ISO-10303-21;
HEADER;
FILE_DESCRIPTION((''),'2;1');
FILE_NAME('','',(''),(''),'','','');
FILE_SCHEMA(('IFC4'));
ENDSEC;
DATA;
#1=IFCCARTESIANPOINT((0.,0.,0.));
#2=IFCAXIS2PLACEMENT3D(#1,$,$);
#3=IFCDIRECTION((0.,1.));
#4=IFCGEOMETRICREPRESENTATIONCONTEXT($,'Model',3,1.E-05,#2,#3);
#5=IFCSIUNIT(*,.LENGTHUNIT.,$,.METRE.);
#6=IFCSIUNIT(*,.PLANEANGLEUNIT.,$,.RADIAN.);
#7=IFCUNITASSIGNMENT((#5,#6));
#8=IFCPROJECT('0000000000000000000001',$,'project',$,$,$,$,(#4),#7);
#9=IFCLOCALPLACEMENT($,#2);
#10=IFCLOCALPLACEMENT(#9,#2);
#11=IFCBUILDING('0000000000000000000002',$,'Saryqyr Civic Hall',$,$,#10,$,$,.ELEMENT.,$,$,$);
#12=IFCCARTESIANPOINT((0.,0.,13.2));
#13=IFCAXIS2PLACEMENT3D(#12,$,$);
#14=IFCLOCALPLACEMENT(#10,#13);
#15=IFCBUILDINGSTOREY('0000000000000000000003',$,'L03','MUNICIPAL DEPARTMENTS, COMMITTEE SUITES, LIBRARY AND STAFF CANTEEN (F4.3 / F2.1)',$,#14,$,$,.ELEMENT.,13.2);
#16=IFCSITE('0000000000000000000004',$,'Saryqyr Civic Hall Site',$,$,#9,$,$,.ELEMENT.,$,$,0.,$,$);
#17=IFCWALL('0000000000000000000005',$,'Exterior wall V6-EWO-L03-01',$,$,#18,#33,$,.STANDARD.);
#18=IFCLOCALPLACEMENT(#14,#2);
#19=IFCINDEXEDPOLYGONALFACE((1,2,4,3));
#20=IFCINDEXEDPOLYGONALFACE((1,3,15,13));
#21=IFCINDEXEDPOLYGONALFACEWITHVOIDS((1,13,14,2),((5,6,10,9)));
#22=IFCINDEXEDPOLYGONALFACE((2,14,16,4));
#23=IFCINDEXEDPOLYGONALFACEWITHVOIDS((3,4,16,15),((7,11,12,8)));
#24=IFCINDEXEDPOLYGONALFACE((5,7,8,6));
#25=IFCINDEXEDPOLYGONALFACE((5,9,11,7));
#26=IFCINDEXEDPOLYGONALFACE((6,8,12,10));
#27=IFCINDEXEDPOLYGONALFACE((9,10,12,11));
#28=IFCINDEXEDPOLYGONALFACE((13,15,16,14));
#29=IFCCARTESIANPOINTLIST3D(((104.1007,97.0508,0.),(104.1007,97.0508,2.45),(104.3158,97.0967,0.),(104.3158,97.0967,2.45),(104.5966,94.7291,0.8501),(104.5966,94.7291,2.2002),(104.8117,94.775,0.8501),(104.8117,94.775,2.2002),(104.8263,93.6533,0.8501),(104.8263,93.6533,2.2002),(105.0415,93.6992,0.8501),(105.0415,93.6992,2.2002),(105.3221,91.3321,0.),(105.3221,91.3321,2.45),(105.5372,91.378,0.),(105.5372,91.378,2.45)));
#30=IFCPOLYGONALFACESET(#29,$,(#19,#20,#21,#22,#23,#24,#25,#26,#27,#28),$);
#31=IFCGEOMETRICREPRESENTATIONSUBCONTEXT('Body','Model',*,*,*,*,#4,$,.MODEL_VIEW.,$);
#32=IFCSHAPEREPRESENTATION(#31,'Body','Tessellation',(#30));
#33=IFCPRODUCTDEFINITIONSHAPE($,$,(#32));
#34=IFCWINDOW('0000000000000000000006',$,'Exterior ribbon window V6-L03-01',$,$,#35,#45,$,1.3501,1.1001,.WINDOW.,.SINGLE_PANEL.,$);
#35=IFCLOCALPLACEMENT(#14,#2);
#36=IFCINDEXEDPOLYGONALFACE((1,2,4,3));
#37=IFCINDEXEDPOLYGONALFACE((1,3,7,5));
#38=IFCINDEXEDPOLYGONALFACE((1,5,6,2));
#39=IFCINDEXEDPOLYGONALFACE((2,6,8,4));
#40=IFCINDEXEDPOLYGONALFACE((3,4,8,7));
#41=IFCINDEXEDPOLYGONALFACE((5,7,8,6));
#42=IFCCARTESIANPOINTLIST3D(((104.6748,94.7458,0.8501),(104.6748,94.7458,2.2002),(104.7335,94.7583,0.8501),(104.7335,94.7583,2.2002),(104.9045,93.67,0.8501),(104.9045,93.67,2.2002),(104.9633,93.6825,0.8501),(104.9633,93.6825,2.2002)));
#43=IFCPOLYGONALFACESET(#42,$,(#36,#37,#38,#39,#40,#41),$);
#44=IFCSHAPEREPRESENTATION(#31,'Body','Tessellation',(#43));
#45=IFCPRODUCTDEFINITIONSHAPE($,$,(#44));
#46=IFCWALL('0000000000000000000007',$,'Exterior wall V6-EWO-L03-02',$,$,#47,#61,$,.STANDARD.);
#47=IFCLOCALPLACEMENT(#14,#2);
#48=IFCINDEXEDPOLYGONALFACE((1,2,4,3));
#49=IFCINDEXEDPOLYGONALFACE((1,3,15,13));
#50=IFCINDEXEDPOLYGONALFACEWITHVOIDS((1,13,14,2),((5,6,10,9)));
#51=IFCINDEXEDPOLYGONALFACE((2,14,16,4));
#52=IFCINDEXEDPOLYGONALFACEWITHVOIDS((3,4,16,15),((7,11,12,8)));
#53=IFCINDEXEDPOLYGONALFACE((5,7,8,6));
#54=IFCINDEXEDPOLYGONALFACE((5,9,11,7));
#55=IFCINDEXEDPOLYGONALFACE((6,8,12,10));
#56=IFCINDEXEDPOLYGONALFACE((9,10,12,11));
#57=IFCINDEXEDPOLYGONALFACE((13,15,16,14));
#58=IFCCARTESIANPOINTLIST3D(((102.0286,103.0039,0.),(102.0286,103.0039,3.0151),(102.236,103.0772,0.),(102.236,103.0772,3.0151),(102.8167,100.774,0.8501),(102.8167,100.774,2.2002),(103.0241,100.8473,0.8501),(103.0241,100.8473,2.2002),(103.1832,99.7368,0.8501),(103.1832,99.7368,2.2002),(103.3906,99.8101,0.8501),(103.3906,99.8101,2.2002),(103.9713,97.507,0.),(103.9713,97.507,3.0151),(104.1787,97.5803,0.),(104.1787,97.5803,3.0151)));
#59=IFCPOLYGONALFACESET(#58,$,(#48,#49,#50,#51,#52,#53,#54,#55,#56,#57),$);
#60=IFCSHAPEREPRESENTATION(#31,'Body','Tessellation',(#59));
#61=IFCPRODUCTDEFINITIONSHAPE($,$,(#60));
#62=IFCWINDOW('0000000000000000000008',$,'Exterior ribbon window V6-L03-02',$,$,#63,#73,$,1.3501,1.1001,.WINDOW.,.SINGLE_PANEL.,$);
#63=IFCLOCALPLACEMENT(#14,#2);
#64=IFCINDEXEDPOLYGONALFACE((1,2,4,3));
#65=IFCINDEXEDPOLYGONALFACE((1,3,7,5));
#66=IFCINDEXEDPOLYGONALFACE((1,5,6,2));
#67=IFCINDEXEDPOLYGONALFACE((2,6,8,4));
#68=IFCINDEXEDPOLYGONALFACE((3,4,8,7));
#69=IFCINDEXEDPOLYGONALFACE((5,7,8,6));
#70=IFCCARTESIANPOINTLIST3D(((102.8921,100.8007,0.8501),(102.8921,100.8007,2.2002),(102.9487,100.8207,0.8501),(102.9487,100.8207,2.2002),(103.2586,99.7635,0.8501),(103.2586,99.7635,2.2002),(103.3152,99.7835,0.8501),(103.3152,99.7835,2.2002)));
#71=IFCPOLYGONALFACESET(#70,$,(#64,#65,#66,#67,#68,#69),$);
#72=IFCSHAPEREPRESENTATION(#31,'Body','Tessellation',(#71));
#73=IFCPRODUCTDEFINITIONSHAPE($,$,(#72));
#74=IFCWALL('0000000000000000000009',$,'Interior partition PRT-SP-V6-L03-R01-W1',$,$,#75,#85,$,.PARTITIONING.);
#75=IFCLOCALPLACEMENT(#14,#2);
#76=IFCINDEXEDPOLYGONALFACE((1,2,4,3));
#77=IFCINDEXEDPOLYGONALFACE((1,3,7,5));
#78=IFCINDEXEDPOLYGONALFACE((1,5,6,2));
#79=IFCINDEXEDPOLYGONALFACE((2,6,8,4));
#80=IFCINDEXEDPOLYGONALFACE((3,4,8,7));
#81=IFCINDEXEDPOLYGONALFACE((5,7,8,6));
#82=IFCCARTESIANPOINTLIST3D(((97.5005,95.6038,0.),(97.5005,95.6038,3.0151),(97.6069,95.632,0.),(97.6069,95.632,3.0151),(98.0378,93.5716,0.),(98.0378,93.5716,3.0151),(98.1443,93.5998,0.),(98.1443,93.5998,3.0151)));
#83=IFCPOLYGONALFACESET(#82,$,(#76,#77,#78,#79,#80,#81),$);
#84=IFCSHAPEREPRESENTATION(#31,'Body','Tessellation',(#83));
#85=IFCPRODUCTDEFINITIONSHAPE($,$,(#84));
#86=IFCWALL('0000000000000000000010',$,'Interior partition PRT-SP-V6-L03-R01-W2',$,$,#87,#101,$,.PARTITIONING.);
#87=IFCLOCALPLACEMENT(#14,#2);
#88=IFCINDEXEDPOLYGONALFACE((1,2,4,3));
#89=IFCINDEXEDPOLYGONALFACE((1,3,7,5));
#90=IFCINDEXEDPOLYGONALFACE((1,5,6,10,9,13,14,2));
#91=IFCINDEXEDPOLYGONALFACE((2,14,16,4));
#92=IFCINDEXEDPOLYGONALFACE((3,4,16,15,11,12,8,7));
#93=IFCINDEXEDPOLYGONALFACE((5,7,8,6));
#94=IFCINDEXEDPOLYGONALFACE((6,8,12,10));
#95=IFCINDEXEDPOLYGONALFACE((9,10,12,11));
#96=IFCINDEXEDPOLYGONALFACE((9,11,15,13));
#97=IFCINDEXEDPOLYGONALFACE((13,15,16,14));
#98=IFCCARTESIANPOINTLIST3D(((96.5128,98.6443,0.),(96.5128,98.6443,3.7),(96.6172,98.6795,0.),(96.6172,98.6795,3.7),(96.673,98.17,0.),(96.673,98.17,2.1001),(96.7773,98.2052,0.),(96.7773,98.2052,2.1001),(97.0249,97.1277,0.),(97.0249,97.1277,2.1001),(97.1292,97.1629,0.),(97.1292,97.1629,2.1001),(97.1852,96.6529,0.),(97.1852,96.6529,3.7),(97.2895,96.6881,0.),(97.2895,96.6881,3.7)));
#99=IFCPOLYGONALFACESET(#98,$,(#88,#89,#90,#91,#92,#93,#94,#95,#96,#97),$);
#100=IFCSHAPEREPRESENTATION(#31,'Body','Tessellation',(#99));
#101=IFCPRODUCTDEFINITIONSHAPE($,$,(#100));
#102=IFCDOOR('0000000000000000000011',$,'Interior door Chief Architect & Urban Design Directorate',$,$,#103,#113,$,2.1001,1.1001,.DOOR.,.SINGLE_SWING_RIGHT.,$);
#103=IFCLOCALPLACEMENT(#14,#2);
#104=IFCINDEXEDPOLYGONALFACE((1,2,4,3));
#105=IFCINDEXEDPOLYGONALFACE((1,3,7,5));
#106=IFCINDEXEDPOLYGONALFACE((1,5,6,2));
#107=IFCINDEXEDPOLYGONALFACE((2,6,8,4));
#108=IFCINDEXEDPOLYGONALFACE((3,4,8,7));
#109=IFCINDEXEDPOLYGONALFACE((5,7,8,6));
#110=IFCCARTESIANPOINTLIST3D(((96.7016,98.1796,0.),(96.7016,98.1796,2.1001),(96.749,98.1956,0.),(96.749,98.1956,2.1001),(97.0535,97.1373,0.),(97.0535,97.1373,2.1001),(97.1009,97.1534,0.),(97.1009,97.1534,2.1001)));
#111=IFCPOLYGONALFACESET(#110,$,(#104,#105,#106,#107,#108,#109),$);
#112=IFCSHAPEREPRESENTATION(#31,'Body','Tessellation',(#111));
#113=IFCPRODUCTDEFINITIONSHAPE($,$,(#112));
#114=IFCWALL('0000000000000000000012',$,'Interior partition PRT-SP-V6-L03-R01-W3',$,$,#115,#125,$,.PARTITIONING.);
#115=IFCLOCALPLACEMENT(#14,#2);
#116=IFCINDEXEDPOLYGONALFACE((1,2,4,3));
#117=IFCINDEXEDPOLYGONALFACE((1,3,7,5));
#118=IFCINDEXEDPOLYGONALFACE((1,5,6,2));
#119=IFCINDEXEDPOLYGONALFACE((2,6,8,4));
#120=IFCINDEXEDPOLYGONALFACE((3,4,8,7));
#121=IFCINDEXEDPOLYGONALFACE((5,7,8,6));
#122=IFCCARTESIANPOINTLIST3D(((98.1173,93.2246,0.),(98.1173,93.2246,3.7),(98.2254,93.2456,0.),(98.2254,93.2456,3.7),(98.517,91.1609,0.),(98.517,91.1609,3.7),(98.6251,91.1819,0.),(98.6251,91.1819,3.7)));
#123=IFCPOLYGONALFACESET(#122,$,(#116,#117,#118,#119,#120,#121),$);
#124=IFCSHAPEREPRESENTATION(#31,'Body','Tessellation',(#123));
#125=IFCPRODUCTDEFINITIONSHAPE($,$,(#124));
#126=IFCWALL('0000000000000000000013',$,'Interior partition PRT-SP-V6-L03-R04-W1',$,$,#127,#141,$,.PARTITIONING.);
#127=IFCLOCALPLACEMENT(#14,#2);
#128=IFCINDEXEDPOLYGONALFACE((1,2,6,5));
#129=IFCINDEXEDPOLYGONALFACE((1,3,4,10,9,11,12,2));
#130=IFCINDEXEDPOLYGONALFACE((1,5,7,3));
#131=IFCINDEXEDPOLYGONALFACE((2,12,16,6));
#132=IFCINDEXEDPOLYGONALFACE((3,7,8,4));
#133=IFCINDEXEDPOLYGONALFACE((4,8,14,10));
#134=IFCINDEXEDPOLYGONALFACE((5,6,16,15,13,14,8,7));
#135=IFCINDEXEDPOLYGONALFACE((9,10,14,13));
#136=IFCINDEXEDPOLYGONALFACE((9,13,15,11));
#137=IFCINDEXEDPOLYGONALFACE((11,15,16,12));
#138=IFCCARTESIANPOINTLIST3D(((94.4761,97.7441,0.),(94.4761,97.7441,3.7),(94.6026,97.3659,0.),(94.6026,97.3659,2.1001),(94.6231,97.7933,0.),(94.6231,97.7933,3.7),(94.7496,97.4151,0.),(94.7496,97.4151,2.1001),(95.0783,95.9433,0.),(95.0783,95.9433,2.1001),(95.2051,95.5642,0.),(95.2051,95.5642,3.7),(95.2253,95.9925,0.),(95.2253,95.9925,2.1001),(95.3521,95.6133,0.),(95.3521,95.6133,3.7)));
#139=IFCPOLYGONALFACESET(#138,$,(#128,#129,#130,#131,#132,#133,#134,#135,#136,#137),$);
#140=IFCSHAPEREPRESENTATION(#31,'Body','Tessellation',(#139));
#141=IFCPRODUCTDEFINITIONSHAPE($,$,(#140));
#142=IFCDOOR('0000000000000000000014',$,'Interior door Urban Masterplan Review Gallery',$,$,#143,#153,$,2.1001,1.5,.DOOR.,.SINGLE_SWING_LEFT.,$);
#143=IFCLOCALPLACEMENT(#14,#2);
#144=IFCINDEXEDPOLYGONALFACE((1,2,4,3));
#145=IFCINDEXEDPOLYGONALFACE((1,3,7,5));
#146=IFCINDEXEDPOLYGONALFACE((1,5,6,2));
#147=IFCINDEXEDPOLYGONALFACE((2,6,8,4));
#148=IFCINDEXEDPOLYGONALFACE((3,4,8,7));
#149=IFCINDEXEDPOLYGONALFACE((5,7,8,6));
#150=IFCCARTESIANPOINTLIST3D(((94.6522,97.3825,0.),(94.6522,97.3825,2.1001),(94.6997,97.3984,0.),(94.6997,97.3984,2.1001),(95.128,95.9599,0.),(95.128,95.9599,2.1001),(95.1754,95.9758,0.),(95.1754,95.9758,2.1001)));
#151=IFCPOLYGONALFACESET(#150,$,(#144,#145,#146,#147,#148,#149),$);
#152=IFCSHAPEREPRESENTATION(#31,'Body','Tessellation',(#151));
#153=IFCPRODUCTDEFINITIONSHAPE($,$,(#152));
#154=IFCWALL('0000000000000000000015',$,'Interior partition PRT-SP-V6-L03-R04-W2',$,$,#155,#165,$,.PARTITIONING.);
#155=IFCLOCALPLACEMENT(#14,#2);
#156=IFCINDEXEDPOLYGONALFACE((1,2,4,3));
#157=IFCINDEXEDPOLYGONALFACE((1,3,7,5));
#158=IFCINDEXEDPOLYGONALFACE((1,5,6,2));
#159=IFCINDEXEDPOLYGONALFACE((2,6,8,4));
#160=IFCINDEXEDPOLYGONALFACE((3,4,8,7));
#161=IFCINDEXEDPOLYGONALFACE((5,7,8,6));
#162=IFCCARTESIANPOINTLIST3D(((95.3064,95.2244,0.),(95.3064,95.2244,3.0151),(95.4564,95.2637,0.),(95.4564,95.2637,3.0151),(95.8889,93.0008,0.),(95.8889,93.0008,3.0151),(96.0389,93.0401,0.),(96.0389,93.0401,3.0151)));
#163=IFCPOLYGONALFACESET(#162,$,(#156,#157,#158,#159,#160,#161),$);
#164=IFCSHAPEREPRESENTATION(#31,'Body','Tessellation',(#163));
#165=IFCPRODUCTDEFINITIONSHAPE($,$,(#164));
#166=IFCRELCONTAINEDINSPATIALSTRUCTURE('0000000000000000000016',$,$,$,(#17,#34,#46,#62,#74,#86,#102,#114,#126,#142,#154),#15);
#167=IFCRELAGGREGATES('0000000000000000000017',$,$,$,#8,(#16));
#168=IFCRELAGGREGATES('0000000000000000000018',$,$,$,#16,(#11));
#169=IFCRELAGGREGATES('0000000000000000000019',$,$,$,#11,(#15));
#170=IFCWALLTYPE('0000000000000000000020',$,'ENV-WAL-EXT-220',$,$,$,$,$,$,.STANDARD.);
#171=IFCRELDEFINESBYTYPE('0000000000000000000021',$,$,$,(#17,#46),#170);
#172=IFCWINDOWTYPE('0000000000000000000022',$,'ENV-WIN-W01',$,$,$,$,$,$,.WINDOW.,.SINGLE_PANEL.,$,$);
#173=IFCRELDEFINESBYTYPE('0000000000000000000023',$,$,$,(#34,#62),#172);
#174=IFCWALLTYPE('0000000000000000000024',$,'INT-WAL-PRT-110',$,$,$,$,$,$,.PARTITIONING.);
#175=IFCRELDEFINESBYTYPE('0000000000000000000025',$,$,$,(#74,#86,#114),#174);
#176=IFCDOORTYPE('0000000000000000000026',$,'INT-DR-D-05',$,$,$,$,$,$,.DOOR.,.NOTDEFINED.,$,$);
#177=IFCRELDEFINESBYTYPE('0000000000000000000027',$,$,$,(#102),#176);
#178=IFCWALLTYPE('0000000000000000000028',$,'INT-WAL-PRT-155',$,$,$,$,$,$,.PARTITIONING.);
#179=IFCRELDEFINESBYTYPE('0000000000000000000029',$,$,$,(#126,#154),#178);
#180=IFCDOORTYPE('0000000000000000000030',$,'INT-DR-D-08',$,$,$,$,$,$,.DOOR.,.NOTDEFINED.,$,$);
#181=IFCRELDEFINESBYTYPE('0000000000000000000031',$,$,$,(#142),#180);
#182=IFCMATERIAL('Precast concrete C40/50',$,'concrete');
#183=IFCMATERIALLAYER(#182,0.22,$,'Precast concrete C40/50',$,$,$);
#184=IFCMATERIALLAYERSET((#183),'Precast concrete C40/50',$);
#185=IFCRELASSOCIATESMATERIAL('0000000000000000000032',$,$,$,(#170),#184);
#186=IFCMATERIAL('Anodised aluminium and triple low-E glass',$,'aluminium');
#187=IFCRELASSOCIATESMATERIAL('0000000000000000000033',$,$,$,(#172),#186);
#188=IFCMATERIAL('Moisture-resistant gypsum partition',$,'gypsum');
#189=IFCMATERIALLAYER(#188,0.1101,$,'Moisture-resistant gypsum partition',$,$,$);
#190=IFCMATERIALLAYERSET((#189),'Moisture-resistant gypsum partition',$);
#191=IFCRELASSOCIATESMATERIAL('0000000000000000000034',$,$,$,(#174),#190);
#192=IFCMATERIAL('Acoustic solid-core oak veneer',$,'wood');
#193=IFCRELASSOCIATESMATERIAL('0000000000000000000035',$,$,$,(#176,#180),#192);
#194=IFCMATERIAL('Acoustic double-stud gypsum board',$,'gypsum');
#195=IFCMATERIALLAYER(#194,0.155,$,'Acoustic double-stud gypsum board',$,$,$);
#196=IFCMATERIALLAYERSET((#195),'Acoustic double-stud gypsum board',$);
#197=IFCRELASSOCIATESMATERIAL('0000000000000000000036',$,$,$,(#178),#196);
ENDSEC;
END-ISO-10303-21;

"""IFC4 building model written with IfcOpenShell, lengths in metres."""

from ifc_helpers import new_model, si_unit, direction, frame, frame_2d, origin, place, context, subcontext, project, spatial, rectangle, extrude, material, layer, layer_set, type_object, element, fill, save


model = new_model("IFC4")

# Units and contexts
model_context = context("Model", 3, precision=1e-05, world=origin(), true_north=direction((0.0, 1.0)))
body_context = subcontext(model_context, "Body", "Model", "MODEL_VIEW")
ifc_project = project(units=[si_unit("LENGTHUNIT", "METRE"), si_unit("PLANEANGLEUNIT", "RADIAN")], contexts=[model_context])

# Site, building, storey
site_placement = place(None, origin())
site = spatial("IfcSite", under=ifc_project, at=site_placement, Name="Saryqyr Civic Hall Site", CompositionType="ELEMENT", RefElevation=0.0)
building_placement = place(site_placement, origin())
building = spatial("IfcBuilding", under=site, at=building_placement, Name="Saryqyr Civic Hall", CompositionType="ELEMENT")
storey_placement = place(building_placement, frame((0.0, 0.0, 13.2)))
storey = spatial("IfcBuildingStorey", under=building, at=storey_placement, Name="L03", Description="MUNICIPAL DEPARTMENTS, COMMITTEE SUITES, LIBRARY AND STAFF CANTEEN (F4.3 / F2.1)", CompositionType="ELEMENT", Elevation=13.2)

# Shared definitions
ifc_material_1 = material(Name="Precast concrete C40/50", Category="concrete")

# Walls, openings, windows
ifc_layer_1 = layer(ifc_material_1, 0.22, Name="Precast concrete C40/50")
ifc_layer_set_1 = layer_set([ifc_layer_1], Name="Precast concrete C40/50")
wall_type_1 = type_object("IfcWallType", Name="ENV-WAL-EXT-220", PredefinedType="STANDARD", material=ifc_layer_set_1)
wall_1_placement = place(storey_placement, frame((104.2083, 97.0737, 0.0), z_axis=(0.0, 0.0, 1.0), x_axis=(0.208873, -0.977943, 0.0)))
wall_1 = element("IfcWall", 1, at=wall_1_placement, inside=storey, type_object=wall_type_1, Name="Exterior wall V6-EWO-L03-01", PredefinedType="STANDARD", context=body_context, shape_type="SweptSolid", body=[
    extrude(rectangle(XDim=5.8477, YDim=0.22, at=frame_2d((2.9238, 0.0))), origin(), (0.0, 0.0, 1.0), 2.45),
])
opening_1_placement = place(wall_1_placement, frame((2.374, 0.0, 0.8501)))
opening_1 = element("IfcOpeningElement", 2, at=opening_1_placement, cuts=wall_1, PredefinedType="OPENING", context=body_context, shape_type="SweptSolid", body=[
    extrude(rectangle(XDim=1.1001, YDim=1.3501, at=frame_2d((0.55, 0.675))), frame((0.0, 0.1199, 0.0), z_axis=(0.0, -1.0, 0.0), x_axis=(1.0, 0.0, 0.0)), (0.0, 0.0, 1.0), 0.24),
])
ifc_material_2 = material(Name="Anodised aluminium and triple low-E glass", Category="aluminium")
window_type = type_object("IfcWindowType", Name="ENV-WIN-W01", PartitioningType="SINGLE_PANEL", PredefinedType="WINDOW", material=ifc_material_2)
window_1_placement = place(opening_1_placement, origin())
window_1 = element("IfcWindow", 3, at=window_1_placement, inside=storey, type_object=window_type, Name="Exterior ribbon window V6-L03-01", OverallHeight=1.3501, OverallWidth=1.1001, PartitioningType="SINGLE_PANEL", PredefinedType="WINDOW", context=body_context, shape_type="SweptSolid", body=[
    extrude(rectangle(XDim=1.1001, YDim=1.3501, at=frame_2d((0.55, 0.675))), frame((0.0, 0.03, 0.0), z_axis=(0.0, -1.0, 0.0), x_axis=(1.0, 0.0, 0.0)), (0.0, 0.0, 1.0), 0.0601),
])
fill(opening_1, window_1)
wall_2_placement = place(storey_placement, frame((102.1323, 103.0405, 0.0), z_axis=(0.0, 0.0, 1.0), x_axis=(0.333212, -0.942852, 0.0)))
wall_2 = element("IfcWall", 4, at=wall_2_placement, inside=storey, type_object=wall_type_1, Name="Exterior wall V6-EWO-L03-02", PredefinedType="STANDARD", context=body_context, shape_type="SweptSolid", body=[
    extrude(rectangle(XDim=5.8301, YDim=0.22, at=frame_2d((2.915, 0.0))), origin(), (0.0, 0.0, 1.0), 3.0151),
])
opening_2_placement = place(wall_2_placement, frame((2.365, 0.0, 0.8501)))
opening_2 = element("IfcOpeningElement", 5, at=opening_2_placement, cuts=wall_2, PredefinedType="OPENING", context=body_context, shape_type="SweptSolid", body=[
    extrude(rectangle(XDim=1.1001, YDim=1.3501, at=frame_2d((0.55, 0.675))), frame((0.0, 0.1199, 0.0), z_axis=(0.0, -1.0, 0.0), x_axis=(1.0, 0.0, 0.0)), (0.0, 0.0, 1.0), 0.24),
])
window_2_placement = place(opening_2_placement, origin())
window_2 = element("IfcWindow", 6, at=window_2_placement, inside=storey, type_object=window_type, Name="Exterior ribbon window V6-L03-02", OverallHeight=1.3501, OverallWidth=1.1001, PartitioningType="SINGLE_PANEL", PredefinedType="WINDOW", context=body_context, shape_type="SweptSolid", body=[
    extrude(rectangle(XDim=1.1001, YDim=1.3501, at=frame_2d((0.55, 0.675))), frame((0.0, 0.03, 0.0), z_axis=(0.0, -1.0, 0.0), x_axis=(1.0, 0.0, 0.0)), (0.0, 0.0, 1.0), 0.0601),
])
fill(opening_2, window_2)

# Wall
ifc_material_3 = material(Name="Moisture-resistant gypsum partition", Category="gypsum")
ifc_layer_2 = layer(ifc_material_3, 0.1101, Name="Moisture-resistant gypsum partition")
ifc_layer_set_2 = layer_set([ifc_layer_2], Name="Moisture-resistant gypsum partition")
wall_type_2 = type_object("IfcWallType", Name="INT-WAL-PRT-110", PredefinedType="PARTITIONING", material=ifc_layer_set_2)
wall_3_placement = place(storey_placement, frame((98.0911, 93.5857, 0.0), z_axis=(0.0, 0.0, 1.0), x_axis=(-0.255631, 0.966774, 0.0)))
element("IfcWall", 7, at=wall_3_placement, inside=storey, type_object=wall_type_2, Name="Interior partition PRT-SP-V6-L03-R01-W1", PredefinedType="PARTITIONING", context=body_context, shape_type="SweptSolid", body=[
    extrude(rectangle(XDim=2.1021, YDim=0.1101, at=frame_2d((1.051, 0.0))), origin(), (0.0, 0.0, 1.0), 3.0151),
])

# Wall, opening, door
wall_4_placement = place(storey_placement, frame((97.2373, 96.6707, 0.0), z_axis=(0.0, 0.0, 1.0), x_axis=(-0.319884, 0.947457, 0.0)))
wall_4 = element("IfcWall", 8, at=wall_4_placement, inside=storey, type_object=wall_type_2, Name="Interior partition PRT-SP-V6-L03-R01-W2", PredefinedType="PARTITIONING", context=body_context, shape_type="SweptSolid", body=[
    extrude(rectangle(XDim=2.1018, YDim=0.1101, at=frame_2d((1.0508, 0.0))), origin(), (0.0, 0.0, 1.0), 3.7),
])
opening_3_placement = place(wall_4_placement, frame((0.501, 0.0, 0.0)))
opening_3 = element("IfcOpeningElement", 9, at=opening_3_placement, cuts=wall_4, PredefinedType="OPENING", context=body_context, shape_type="SweptSolid", body=[
    extrude(rectangle(XDim=1.1001, YDim=2.1001, at=frame_2d((0.55, 1.05))), frame((0.0, 0.0649, 0.0), z_axis=(0.0, -1.0, 0.0), x_axis=(1.0, 0.0, 0.0)), (0.0, 0.0, 1.0), 0.1301),
])
ifc_material_4 = material(Name="Acoustic solid-core oak veneer", Category="wood")
door_type_1 = type_object("IfcDoorType", Name="INT-DR-D-05", OperationType="NOTDEFINED", PredefinedType="DOOR", material=ifc_material_4)
door_1_placement = place(opening_3_placement, origin())
door_1 = element("IfcDoor", 10, at=door_1_placement, inside=storey, type_object=door_type_1, Name="Interior door Chief Architect & Urban Design Directorate", OperationType="SINGLE_SWING_RIGHT", OverallHeight=2.1001, OverallWidth=1.1001, PredefinedType="DOOR", context=body_context, shape_type="SweptSolid", body=[
    extrude(rectangle(XDim=1.1001, YDim=2.1001, at=frame_2d((0.55, 1.05))), frame((0.0, 0.0249, 0.0), z_axis=(0.0, -1.0, 0.0), x_axis=(1.0, 0.0, 0.0)), (0.0, 0.0, 1.0), 0.05),
])
fill(opening_3, door_1)

# Wall
wall_5_placement = place(storey_placement, frame((98.571, 91.1714, 0.0), z_axis=(0.0, 0.0, 1.0), x_axis=(-0.190127, 0.98176, 0.0)))
element("IfcWall", 11, at=wall_5_placement, inside=storey, type_object=wall_type_2, Name="Interior partition PRT-SP-V6-L03-R01-W3", PredefinedType="PARTITIONING", context=body_context, shape_type="SweptSolid", body=[
    extrude(rectangle(XDim=2.1021, YDim=0.1101, at=frame_2d((1.051, 0.0))), origin(), (0.0, 0.0, 1.0), 3.7),
])

# Wall, opening, door
ifc_material_5 = material(Name="Acoustic double-stud gypsum board", Category="gypsum")
ifc_layer_3 = layer(ifc_material_5, 0.155, Name="Acoustic double-stud gypsum board")
ifc_layer_set_3 = layer_set([ifc_layer_3], Name="Acoustic double-stud gypsum board")
wall_type_3 = type_object("IfcWallType", Name="INT-WAL-PRT-155", PredefinedType="PARTITIONING", material=ifc_layer_set_3)
wall_6_placement = place(storey_placement, frame((94.5496, 97.7688, 0.0), z_axis=(0.0, 0.0, 1.0), x_axis=(0.317152, -0.948375, 0.0)))
wall_6 = element("IfcWall", 12, at=wall_6_placement, inside=storey, type_object=wall_type_3, Name="Interior partition PRT-SP-V6-L03-R04-W1", PredefinedType="PARTITIONING", context=body_context, shape_type="SweptSolid", body=[
    extrude(rectangle(XDim=2.2986, YDim=0.155, at=frame_2d((1.1494, 0.0))), origin(), (0.0, 0.0, 1.0), 3.7),
])
opening_4_placement = place(wall_6_placement, frame((0.3989, 0.0, 0.0)))
opening_4 = element("IfcOpeningElement", 13, at=opening_4_placement, cuts=wall_6, PredefinedType="OPENING", context=body_context, shape_type="SweptSolid", body=[
    extrude(rectangle(XDim=1.5, YDim=2.1001, at=frame_2d((0.75, 1.05))), frame((0.0, 0.0874, 0.0), z_axis=(0.0, -1.0, 0.0), x_axis=(1.0, 0.0, 0.0)), (0.0, 0.0, 1.0), 0.175),
])
door_type_2 = type_object("IfcDoorType", Name="INT-DR-D-08", OperationType="NOTDEFINED", PredefinedType="DOOR", material=ifc_material_4)
door_2_placement = place(opening_4_placement, origin())
door_2 = element("IfcDoor", 14, at=door_2_placement, inside=storey, type_object=door_type_2, Name="Interior door Urban Masterplan Review Gallery", OperationType="SINGLE_SWING_LEFT", OverallHeight=2.1001, OverallWidth=1.5, PredefinedType="DOOR", context=body_context, shape_type="SweptSolid", body=[
    extrude(rectangle(XDim=1.5, YDim=2.1001, at=frame_2d((0.75, 1.05))), frame((0.0, 0.0249, 0.0), z_axis=(0.0, -1.0, 0.0), x_axis=(1.0, 0.0, 0.0)), (0.0, 0.0, 1.0), 0.05),
])
fill(opening_4, door_2)

# Wall
wall_7_placement = place(storey_placement, frame((95.3813, 95.2441, 0.0), z_axis=(0.0, 0.0, 1.0), x_axis=(0.253416, -0.967357, 0.0)))
element("IfcWall", 15, at=wall_7_placement, inside=storey, type_object=wall_type_3, Name="Interior partition PRT-SP-V6-L03-R04-W2", PredefinedType="PARTITIONING", context=body_context, shape_type="SweptSolid", body=[
    extrude(rectangle(XDim=2.2986, YDim=0.155, at=frame_2d((1.1494, 0.0))), origin(), (0.0, 0.0, 1.0), 3.0151),
])

save(model, "model.ifc")
